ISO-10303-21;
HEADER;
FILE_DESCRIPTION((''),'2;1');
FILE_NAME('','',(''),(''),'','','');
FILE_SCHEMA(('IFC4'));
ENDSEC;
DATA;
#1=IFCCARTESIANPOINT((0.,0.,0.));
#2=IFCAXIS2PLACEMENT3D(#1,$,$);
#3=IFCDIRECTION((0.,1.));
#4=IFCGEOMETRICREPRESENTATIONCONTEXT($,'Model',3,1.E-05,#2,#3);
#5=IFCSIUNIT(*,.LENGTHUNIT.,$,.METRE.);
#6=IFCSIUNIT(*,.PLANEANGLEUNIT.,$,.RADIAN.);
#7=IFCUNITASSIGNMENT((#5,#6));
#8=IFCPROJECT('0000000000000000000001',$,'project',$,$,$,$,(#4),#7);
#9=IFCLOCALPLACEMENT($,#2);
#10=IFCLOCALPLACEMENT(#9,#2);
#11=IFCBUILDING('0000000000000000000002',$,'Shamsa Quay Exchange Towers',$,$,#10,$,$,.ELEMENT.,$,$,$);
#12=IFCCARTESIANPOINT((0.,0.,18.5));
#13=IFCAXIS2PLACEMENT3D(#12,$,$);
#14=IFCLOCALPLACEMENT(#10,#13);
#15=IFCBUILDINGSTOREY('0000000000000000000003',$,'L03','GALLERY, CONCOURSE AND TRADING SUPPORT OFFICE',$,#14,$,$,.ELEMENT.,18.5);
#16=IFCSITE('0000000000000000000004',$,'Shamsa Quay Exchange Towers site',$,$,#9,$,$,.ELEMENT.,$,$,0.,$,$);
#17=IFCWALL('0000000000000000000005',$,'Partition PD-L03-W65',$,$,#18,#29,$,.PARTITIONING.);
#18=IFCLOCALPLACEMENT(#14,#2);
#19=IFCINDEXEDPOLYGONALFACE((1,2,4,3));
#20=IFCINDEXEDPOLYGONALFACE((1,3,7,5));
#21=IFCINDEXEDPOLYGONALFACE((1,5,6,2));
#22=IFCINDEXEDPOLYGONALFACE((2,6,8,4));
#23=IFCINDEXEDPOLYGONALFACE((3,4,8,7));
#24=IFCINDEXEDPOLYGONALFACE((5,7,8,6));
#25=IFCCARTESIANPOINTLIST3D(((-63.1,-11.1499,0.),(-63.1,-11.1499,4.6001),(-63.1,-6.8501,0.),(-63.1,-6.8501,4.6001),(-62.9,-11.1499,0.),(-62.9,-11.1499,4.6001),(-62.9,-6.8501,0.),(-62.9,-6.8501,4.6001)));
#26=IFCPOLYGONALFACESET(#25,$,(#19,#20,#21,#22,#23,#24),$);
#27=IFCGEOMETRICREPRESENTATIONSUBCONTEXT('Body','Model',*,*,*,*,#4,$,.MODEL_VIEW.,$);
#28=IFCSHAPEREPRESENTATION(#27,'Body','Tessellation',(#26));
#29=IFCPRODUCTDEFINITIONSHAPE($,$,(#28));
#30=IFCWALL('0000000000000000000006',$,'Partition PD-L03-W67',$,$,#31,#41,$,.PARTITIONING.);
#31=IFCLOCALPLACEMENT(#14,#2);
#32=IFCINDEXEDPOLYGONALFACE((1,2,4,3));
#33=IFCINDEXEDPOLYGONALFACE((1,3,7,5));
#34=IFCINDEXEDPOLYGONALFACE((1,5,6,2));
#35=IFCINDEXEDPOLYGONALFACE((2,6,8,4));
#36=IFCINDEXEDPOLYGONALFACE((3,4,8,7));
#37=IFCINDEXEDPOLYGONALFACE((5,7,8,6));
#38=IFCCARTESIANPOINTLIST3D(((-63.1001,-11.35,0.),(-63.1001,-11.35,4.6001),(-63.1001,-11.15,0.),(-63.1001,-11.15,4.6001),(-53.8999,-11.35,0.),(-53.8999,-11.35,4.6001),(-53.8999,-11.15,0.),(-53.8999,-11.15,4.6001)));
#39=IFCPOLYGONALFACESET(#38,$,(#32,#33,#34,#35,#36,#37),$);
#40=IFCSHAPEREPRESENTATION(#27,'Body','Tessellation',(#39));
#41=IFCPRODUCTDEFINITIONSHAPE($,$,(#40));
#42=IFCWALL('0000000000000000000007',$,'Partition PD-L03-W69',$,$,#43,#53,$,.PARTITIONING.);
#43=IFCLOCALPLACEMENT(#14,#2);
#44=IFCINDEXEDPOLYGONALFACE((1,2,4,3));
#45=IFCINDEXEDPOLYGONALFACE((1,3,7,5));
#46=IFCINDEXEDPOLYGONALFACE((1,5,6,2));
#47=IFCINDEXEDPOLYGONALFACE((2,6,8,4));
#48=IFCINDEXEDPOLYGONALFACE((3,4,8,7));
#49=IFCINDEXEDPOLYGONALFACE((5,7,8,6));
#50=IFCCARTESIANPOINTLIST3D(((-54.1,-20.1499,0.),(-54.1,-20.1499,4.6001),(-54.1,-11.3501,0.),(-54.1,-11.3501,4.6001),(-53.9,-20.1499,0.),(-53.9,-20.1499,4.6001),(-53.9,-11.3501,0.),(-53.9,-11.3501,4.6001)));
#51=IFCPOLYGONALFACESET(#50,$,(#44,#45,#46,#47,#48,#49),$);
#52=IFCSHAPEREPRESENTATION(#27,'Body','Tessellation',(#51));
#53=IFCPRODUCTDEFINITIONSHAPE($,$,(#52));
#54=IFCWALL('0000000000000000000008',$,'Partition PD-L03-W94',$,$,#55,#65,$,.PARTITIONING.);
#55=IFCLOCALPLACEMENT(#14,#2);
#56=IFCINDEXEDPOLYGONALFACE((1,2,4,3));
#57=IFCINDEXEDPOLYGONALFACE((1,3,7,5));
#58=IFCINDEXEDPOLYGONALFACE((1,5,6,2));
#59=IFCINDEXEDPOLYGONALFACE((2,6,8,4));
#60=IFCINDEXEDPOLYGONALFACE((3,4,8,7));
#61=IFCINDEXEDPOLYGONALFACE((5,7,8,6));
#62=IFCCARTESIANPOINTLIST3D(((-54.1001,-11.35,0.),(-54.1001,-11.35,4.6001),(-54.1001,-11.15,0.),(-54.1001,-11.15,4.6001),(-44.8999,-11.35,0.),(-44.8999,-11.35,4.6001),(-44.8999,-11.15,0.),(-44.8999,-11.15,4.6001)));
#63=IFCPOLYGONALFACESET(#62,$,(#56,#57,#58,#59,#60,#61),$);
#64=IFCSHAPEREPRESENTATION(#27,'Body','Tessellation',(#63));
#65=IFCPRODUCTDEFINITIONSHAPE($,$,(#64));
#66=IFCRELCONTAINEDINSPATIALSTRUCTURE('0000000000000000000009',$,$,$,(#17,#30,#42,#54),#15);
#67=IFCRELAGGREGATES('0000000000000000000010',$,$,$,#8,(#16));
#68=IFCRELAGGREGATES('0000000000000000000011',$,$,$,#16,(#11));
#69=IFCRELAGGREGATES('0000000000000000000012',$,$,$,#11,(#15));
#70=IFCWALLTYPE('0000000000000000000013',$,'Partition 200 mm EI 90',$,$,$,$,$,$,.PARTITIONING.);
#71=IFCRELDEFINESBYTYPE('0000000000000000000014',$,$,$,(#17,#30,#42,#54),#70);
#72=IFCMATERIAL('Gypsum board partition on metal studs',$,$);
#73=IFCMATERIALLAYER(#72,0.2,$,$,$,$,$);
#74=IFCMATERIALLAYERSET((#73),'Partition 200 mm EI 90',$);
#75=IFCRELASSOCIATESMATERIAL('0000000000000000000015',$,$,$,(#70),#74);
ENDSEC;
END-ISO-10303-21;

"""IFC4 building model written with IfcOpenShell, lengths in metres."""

from ifc_helpers import new_model, si_unit, direction, frame, frame_2d, origin, place, context, subcontext, project, spatial, rectangle, extrude, material, layer, layer_set, type_object, element, save


model = new_model("IFC4")

# Units and contexts
model_context = context("Model", 3, precision=1e-05, world=origin(), true_north=direction((0.0, 1.0)))
body_context = subcontext(model_context, "Body", "Model", "MODEL_VIEW")
ifc_project = project(units=[si_unit("LENGTHUNIT", "METRE"), si_unit("PLANEANGLEUNIT", "RADIAN")], contexts=[model_context])

# Site, building, storey
site_placement = place(None, origin())
site = spatial("IfcSite", under=ifc_project, at=site_placement, Name="Shamsa Quay Exchange Towers site", CompositionType="ELEMENT", RefElevation=0.0)
building_placement = place(site_placement, origin())
building = spatial("IfcBuilding", under=site, at=building_placement, Name="Shamsa Quay Exchange Towers", CompositionType="ELEMENT")
storey_placement = place(building_placement, frame((0.0, 0.0, 18.5)))
storey = spatial("IfcBuildingStorey", under=building, at=storey_placement, Name="L03", Description="GALLERY, CONCOURSE AND TRADING SUPPORT OFFICE", CompositionType="ELEMENT", Elevation=18.5)

# Shared definitions
ifc_material_1 = material(Name="Gypsum board partition on metal studs")
ifc_layer_1 = layer(ifc_material_1, 0.2)
ifc_layer_set_1 = layer_set([ifc_layer_1], Name="Partition 200 mm EI 90")
wall_type = type_object("IfcWallType", Name="Partition 200 mm EI 90", PredefinedType="PARTITIONING", material=ifc_layer_set_1)

# Walls
wall_1_placement = place(storey_placement, frame((-63.0, -11.1499, 0.0), z_axis=(0.0, 0.0, 1.0), x_axis=(0.0, 1.0, 0.0)))
element("IfcWall", 1, at=wall_1_placement, inside=storey, type_object=wall_type, Name="Partition PD-L03-W65", PredefinedType="PARTITIONING", context=body_context, shape_type="SweptSolid", body=[
    extrude(rectangle(XDim=4.2998, YDim=0.2, at=frame_2d((2.1499, 0.0))), origin(), (0.0, 0.0, 1.0), 4.6001),
])
wall_2_placement = place(storey_placement, frame((-53.8999, -11.25, 0.0), z_axis=(0.0, 0.0, 1.0), x_axis=(-1.0, 0.0, 0.0)))
element("IfcWall", 2, at=wall_2_placement, inside=storey, type_object=wall_type, Name="Partition PD-L03-W67", PredefinedType="PARTITIONING", context=body_context, shape_type="SweptSolid", body=[
    extrude(rectangle(XDim=9.2002, YDim=0.2, at=frame_2d((4.6001, 0.0))), origin(), (0.0, 0.0, 1.0), 4.6001),
])
wall_3_placement = place(storey_placement, frame((-54.0, -20.1499, 0.0), z_axis=(0.0, 0.0, 1.0), x_axis=(0.0, 1.0, 0.0)))
element("IfcWall", 3, at=wall_3_placement, inside=storey, type_object=wall_type, Name="Partition PD-L03-W69", PredefinedType="PARTITIONING", context=body_context, shape_type="SweptSolid", body=[
    extrude(rectangle(XDim=8.7998, YDim=0.2, at=frame_2d((4.3999, 0.0))), origin(), (0.0, 0.0, 1.0), 4.6001),
])
wall_4_placement = place(storey_placement, frame((-54.1001, -11.25, 0.0)))
element("IfcWall", 4, at=wall_4_placement, inside=storey, type_object=wall_type, Name="Partition PD-L03-W94", PredefinedType="PARTITIONING", context=body_context, shape_type="SweptSolid", body=[
    extrude(rectangle(XDim=9.2002, YDim=0.2, at=frame_2d((4.6001, 0.0))), origin(), (0.0, 0.0, 1.0), 4.6001),
])

save(model, "model.ifc")
